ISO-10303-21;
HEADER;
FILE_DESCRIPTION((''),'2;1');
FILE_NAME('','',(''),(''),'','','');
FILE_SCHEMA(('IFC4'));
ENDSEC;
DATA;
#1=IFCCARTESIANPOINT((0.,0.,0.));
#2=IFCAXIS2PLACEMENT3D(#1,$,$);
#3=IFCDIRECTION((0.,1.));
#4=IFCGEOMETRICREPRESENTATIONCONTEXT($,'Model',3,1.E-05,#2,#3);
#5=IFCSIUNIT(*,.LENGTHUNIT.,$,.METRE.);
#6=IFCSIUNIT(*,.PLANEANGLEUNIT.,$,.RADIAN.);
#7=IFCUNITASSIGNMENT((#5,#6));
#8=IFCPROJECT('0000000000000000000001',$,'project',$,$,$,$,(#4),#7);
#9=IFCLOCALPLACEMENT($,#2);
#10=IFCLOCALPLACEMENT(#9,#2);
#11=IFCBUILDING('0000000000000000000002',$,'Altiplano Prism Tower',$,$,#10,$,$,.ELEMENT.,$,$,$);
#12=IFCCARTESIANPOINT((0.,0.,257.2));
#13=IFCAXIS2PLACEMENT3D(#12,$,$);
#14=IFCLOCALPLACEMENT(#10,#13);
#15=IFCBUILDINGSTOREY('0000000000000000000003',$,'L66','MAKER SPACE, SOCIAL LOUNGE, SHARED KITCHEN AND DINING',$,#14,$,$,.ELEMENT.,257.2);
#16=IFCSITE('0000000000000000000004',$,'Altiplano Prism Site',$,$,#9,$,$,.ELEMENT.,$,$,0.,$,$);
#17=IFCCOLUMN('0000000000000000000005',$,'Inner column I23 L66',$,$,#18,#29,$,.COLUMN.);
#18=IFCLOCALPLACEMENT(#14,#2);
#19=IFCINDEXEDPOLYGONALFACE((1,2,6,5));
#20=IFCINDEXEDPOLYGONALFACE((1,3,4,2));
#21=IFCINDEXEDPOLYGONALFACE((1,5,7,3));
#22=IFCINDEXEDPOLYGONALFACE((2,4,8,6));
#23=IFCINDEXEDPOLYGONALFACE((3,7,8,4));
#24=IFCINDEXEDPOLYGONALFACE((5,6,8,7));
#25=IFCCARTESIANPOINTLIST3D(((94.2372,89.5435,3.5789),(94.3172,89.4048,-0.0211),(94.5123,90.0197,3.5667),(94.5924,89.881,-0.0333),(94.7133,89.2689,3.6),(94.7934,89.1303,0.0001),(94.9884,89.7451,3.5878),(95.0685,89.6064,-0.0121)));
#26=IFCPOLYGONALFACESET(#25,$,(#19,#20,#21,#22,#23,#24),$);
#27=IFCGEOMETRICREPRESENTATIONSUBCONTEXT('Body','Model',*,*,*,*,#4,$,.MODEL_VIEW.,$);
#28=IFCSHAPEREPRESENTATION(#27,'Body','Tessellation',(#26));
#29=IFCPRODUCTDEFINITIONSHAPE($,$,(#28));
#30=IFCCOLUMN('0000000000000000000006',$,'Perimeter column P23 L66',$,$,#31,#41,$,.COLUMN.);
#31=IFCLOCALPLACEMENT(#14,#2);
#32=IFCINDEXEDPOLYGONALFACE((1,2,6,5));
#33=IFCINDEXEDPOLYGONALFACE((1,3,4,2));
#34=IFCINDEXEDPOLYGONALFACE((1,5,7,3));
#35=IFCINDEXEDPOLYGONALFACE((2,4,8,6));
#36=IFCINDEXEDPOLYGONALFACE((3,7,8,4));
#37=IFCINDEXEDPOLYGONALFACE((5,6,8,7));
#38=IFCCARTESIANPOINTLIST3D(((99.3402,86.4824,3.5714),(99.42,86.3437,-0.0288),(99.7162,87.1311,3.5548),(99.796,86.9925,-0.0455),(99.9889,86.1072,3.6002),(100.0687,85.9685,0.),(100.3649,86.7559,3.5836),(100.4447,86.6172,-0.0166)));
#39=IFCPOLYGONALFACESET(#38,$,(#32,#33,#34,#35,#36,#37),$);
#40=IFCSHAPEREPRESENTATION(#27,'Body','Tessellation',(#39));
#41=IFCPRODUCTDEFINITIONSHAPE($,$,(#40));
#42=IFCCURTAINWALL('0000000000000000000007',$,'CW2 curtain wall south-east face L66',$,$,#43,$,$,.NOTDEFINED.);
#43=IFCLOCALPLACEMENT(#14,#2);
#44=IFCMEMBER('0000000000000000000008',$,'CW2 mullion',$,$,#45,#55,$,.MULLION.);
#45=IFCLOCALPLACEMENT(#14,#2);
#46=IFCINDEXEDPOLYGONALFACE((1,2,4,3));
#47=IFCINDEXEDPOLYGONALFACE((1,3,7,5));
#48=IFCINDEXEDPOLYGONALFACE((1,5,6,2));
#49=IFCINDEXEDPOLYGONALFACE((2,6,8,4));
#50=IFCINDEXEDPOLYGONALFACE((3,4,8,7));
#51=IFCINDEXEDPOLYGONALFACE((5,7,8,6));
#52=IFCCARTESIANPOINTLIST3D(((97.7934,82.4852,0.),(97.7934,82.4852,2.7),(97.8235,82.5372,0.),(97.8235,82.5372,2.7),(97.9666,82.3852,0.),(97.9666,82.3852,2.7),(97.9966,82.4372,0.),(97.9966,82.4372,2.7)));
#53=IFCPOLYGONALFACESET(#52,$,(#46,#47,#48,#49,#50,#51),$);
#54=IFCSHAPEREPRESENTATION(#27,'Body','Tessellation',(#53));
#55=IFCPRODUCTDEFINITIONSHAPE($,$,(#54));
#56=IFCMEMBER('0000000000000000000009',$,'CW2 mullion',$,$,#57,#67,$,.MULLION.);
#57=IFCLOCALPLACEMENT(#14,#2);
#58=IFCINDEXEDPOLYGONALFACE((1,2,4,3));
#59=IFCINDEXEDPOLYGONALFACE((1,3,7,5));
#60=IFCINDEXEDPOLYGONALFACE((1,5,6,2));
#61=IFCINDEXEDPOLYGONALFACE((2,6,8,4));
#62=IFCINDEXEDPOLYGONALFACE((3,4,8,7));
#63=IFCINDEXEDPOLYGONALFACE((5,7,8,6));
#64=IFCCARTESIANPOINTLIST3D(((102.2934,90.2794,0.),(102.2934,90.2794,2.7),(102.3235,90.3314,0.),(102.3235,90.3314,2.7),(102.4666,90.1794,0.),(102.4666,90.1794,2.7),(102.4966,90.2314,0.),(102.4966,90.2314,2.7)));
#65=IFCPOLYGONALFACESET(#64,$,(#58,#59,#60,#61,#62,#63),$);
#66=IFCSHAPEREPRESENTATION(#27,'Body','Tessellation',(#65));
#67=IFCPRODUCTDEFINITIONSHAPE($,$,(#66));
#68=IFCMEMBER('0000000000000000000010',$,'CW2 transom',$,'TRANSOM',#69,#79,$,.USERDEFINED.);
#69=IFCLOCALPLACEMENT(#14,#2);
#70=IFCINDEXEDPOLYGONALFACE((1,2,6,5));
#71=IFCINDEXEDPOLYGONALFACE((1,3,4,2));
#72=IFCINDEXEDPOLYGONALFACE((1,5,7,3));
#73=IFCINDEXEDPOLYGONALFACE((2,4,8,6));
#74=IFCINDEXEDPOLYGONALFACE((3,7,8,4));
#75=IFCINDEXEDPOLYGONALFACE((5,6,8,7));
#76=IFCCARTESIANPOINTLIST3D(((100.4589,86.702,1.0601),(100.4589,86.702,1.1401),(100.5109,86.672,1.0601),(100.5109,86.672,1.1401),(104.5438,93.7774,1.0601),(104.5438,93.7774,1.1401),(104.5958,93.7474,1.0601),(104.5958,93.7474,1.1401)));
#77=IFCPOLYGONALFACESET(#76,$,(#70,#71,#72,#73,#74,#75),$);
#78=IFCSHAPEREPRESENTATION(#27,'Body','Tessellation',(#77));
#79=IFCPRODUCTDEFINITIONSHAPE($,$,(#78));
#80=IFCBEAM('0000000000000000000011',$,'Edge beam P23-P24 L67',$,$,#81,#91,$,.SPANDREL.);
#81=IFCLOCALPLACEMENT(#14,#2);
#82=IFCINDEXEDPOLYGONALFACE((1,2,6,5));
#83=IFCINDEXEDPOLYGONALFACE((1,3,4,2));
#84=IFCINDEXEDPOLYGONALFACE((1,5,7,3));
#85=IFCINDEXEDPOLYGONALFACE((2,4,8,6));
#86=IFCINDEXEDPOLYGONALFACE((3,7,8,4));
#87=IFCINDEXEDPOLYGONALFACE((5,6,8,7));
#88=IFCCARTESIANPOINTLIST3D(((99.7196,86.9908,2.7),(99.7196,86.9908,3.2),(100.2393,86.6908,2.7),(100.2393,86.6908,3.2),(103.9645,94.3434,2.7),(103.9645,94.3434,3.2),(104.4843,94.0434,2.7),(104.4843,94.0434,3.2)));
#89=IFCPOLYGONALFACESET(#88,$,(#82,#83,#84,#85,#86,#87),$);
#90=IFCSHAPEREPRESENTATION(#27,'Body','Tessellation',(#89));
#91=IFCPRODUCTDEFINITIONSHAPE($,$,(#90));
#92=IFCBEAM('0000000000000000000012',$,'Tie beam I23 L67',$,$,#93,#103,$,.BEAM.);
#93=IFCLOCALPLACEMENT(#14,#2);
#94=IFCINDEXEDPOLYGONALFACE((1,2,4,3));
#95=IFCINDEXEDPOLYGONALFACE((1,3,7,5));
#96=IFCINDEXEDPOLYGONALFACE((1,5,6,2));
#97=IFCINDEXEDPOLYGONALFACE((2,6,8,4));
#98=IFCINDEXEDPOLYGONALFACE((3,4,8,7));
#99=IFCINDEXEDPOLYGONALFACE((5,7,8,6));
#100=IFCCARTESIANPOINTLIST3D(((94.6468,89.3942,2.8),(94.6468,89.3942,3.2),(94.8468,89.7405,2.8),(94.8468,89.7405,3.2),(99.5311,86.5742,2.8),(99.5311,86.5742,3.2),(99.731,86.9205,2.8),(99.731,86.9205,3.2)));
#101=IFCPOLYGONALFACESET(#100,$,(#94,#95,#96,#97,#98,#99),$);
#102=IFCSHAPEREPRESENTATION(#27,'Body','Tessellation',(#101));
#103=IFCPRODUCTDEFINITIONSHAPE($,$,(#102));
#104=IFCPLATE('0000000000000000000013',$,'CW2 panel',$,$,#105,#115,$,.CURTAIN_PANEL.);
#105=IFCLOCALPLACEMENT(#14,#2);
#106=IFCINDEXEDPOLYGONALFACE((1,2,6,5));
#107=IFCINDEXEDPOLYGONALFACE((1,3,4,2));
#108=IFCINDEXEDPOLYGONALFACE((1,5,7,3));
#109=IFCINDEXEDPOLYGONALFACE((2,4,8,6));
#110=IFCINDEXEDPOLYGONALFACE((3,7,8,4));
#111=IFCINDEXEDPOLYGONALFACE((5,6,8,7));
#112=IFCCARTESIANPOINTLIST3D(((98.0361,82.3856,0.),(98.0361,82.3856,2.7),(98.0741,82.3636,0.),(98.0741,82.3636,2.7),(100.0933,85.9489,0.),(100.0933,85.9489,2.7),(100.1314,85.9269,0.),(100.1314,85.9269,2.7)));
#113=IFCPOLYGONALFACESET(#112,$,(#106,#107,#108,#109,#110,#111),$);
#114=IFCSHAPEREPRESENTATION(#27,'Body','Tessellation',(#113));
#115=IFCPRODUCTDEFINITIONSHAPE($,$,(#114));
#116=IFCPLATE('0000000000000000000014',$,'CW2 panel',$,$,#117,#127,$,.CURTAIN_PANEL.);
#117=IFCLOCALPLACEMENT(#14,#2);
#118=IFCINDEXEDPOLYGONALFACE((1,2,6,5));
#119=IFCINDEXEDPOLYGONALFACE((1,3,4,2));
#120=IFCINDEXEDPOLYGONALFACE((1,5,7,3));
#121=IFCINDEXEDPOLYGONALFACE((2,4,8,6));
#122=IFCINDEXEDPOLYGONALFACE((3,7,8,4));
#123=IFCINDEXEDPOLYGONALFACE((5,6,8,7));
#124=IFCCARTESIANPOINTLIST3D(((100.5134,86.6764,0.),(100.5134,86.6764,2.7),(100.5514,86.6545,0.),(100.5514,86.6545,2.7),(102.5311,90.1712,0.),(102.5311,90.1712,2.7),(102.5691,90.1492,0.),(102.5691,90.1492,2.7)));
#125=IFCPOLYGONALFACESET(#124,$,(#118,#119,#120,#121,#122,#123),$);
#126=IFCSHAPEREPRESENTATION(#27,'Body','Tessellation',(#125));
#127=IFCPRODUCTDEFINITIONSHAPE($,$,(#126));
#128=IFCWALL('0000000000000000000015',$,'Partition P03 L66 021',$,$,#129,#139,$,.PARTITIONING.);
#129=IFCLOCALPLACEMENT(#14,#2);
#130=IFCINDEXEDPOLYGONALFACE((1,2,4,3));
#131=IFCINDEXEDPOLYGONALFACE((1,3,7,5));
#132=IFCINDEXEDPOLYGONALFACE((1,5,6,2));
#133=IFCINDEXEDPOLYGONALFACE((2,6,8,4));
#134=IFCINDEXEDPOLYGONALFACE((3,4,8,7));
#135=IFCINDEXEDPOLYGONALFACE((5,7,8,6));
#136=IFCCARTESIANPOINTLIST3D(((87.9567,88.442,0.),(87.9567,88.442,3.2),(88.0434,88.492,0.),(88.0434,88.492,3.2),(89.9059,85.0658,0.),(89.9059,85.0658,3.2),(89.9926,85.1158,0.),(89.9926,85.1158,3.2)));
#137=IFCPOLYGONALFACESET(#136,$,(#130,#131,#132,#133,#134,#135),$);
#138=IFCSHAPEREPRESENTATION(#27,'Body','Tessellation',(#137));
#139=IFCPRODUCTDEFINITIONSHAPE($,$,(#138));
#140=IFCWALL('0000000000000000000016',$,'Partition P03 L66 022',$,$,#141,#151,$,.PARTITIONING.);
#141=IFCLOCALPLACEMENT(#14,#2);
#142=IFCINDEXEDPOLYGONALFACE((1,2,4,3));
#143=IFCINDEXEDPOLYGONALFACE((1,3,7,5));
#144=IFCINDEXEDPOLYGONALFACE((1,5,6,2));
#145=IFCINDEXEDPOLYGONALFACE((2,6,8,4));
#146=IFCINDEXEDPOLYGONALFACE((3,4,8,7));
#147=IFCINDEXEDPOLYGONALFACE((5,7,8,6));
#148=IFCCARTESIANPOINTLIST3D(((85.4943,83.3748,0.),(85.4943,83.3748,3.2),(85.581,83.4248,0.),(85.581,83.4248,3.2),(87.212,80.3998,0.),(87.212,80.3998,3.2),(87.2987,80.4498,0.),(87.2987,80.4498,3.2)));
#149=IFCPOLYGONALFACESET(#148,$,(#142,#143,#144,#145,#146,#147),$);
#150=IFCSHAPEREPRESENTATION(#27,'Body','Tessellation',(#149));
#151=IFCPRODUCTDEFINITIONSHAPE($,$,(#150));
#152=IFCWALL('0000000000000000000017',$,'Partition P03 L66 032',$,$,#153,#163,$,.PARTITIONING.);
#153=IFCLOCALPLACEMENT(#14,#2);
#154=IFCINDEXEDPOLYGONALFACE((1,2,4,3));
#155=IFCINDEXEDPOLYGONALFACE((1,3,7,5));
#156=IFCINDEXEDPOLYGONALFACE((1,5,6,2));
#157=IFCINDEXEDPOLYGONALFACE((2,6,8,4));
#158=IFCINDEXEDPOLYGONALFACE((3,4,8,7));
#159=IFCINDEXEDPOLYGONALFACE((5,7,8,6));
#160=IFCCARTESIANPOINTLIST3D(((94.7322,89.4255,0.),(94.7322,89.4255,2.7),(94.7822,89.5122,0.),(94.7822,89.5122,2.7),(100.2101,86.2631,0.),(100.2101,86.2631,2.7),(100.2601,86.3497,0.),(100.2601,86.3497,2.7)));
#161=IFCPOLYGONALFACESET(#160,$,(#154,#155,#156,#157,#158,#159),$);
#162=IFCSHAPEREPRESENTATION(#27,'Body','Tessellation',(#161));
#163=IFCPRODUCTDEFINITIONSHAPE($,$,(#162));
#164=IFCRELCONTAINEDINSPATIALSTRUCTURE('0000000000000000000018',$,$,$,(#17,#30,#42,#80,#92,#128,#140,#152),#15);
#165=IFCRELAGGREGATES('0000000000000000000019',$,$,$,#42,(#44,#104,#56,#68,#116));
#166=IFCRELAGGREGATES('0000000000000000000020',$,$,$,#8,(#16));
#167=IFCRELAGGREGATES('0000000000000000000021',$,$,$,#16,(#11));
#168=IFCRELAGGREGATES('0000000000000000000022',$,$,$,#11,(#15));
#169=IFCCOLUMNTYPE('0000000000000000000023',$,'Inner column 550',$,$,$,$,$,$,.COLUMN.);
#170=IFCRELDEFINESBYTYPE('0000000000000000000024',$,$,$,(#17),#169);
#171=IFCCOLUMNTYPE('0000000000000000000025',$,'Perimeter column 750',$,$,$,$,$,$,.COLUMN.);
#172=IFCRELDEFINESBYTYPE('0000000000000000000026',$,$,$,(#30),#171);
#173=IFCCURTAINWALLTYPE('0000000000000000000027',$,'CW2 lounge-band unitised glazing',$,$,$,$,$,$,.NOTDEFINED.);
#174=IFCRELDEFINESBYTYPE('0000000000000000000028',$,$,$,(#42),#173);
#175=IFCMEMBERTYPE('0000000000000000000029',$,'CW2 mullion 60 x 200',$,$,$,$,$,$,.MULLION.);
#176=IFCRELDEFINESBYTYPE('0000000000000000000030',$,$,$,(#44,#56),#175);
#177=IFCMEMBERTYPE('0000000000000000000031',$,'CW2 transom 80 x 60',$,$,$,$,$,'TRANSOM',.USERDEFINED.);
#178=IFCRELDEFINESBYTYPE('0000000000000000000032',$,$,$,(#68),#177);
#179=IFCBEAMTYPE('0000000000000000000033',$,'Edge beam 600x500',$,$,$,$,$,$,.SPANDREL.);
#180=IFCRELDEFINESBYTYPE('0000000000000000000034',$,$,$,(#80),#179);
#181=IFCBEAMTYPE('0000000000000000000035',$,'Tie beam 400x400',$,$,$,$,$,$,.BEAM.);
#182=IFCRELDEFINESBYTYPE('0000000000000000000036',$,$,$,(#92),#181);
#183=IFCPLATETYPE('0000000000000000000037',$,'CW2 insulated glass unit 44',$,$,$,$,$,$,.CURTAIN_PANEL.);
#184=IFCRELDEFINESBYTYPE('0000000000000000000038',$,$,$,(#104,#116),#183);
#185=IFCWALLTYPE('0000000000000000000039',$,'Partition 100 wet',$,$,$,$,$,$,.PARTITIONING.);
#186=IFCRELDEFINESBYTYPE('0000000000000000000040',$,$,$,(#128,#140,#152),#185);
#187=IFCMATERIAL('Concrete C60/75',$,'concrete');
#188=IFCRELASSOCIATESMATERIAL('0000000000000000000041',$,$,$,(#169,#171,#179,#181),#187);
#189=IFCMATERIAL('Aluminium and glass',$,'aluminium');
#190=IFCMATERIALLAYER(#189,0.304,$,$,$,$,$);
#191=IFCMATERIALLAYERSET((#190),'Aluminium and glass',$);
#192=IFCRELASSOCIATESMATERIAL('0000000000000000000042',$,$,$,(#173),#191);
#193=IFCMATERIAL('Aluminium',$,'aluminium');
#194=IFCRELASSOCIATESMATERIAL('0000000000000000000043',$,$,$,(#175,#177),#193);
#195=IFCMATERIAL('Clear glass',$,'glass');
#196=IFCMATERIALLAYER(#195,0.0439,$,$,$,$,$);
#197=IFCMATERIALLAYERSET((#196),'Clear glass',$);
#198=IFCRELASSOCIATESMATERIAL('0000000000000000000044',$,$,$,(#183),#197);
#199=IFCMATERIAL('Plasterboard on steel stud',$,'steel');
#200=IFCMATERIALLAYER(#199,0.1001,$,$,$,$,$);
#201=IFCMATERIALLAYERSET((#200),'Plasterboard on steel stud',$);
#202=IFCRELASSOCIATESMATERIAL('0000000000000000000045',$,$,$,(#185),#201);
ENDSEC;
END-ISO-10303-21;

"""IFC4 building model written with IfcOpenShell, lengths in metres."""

from ifc_helpers import new_model, si_unit, direction, frame, frame_2d, origin, origin_2d, place, context, subcontext, project, spatial, rectangle, extrude, material, layer, layer_set, material_profile, profile_set, type_object, element, aggregate, save


model = new_model("IFC4")

# Units and contexts
model_context = context("Model", 3, precision=1e-05, world=origin(), true_north=direction((0.0, 1.0)))
body_context = subcontext(model_context, "Body", "Model", "MODEL_VIEW")
ifc_project = project(units=[si_unit("LENGTHUNIT", "METRE"), si_unit("PLANEANGLEUNIT", "RADIAN")], contexts=[model_context])

# Site, building, storey
site_placement = place(None, origin())
site = spatial("IfcSite", under=ifc_project, at=site_placement, Name="Altiplano Prism Site", CompositionType="ELEMENT", RefElevation=0.0)
building_placement = place(site_placement, origin())
building = spatial("IfcBuilding", under=site, at=building_placement, Name="Altiplano Prism Tower", CompositionType="ELEMENT")
storey_placement = place(building_placement, frame((0.0, 0.0, 257.2)))
storey = spatial("IfcBuildingStorey", under=building, at=storey_placement, Name="L66", Description="MAKER SPACE, SOCIAL LOUNGE, SHARED KITCHEN AND DINING", CompositionType="ELEMENT", Elevation=257.2)

# Columns
ifc_material_1 = material(Name="Concrete C60/75", Category="concrete")
ifc_material_profile_1 = material_profile(ifc_material_1, rectangle(XDim=0.55, YDim=0.55, at=origin_2d()), Name="Inner column 550")
ifc_profile_set_1 = profile_set([ifc_material_profile_1], Name="Concrete C60/75")
column_type_1 = type_object("IfcColumnType", Name="Inner column 550", PredefinedType="COLUMN", material=ifc_profile_set_1)
column_1_placement = place(storey_placement, frame((94.6929, 89.5056, -0.0166), z_axis=(-0.022223, 0.038483, 0.999012), x_axis=(-0.500175, -0.865639, 0.022219)))
element("IfcColumn", 1, at=column_1_placement, inside=storey, type_object=column_type_1, Name="Inner column I23 L66", PredefinedType="COLUMN", context=body_context, shape_type="SweptSolid", body=[
    extrude(rectangle(XDim=0.55, YDim=0.55, at=origin_2d()), origin(), (0.0, 0.0, 1.0), 3.6035),
])
ifc_material_profile_2 = material_profile(ifc_material_1, rectangle(XDim=0.75, YDim=0.75, at=origin_2d()), Name="Perimeter column 750")
ifc_profile_set_2 = profile_set([ifc_material_profile_2], Name="Concrete C60/75")
column_type_2 = type_object("IfcColumnType", Name="Perimeter column 750", PredefinedType="COLUMN", material=ifc_profile_set_2)
column_2_placement = place(storey_placement, frame((99.9324, 86.4805, -0.0227), z_axis=(-0.022154, 0.038481, 0.999014), x_axis=(-0.501318, -0.864979, 0.022201)))
element("IfcColumn", 2, at=column_2_placement, inside=storey, type_object=column_type_2, Name="Perimeter column P23 L66", PredefinedType="COLUMN", context=body_context, shape_type="SweptSolid", body=[
    extrude(rectangle(XDim=0.75, YDim=0.75, at=origin_2d()), origin(), (0.0, 0.0, 1.0), 3.6038),
])

# Curtain wall, members
ifc_material_2 = material(Name="Aluminium and glass", Category="aluminium")
ifc_layer_1 = layer(ifc_material_2, 0.304)
ifc_layer_set_1 = layer_set([ifc_layer_1], Name="Aluminium and glass")
curtain_wall_type = type_object("IfcCurtainWallType", Name="CW2 lounge-band unitised glazing", PredefinedType="NOTDEFINED", material=ifc_layer_set_1)
curtain_wall_placement = place(storey_placement, origin())
curtain_wall = element("IfcCurtainWall", 3, at=curtain_wall_placement, inside=storey, type_object=curtain_wall_type, Name="CW2 curtain wall south-east face L66", PredefinedType="NOTDEFINED")
ifc_material_3 = material(Name="Aluminium", Category="aluminium")
ifc_material_profile_3 = material_profile(ifc_material_3, rectangle(XDim=0.2, YDim=0.0601, at=origin_2d()), Name="CW2 mullion 60 x 200")
ifc_profile_set_3 = profile_set([ifc_material_profile_3], Name="Aluminium")
member_type_1 = type_object("IfcMemberType", Name="CW2 mullion 60 x 200", PredefinedType="MULLION", material=ifc_profile_set_3)
member_1_placement = place(storey_placement, frame((97.895, 82.4612, 0.0), z_axis=(0.0, 0.0, 1.0), x_axis=(-0.866025, 0.5, 0.0)))
member_1 = element("IfcMember", 4, at=member_1_placement, type_object=member_type_1, Name="CW2 mullion", PredefinedType="MULLION", context=body_context, shape_type="SweptSolid", body=[
    extrude(rectangle(XDim=0.2, YDim=0.0601, at=origin_2d()), origin(), (0.0, 0.0, 1.0), 2.7),
])
member_2_placement = place(storey_placement, frame((102.395, 90.2554, 0.0), z_axis=(0.0, 0.0, 1.0), x_axis=(-0.866025, 0.5, 0.0)))
member_2 = element("IfcMember", 5, at=member_2_placement, type_object=member_type_1, Name="CW2 mullion", PredefinedType="MULLION", context=body_context, shape_type="SweptSolid", body=[
    extrude(rectangle(XDim=0.2, YDim=0.0601, at=origin_2d()), origin(), (0.0, 0.0, 1.0), 2.7),
])
ifc_material_profile_4 = material_profile(ifc_material_3, rectangle(XDim=0.0601, YDim=0.0801, at=origin_2d()), Name="CW2 transom 80 x 60")
ifc_profile_set_4 = profile_set([ifc_material_profile_4], Name="Aluminium")
member_type_2 = type_object("IfcMemberType", Name="CW2 transom 80 x 60", ElementType="TRANSOM", PredefinedType="USERDEFINED", material=ifc_profile_set_4)
member_3_placement = place(storey_placement, frame((100.4849, 86.687, 1.1001), z_axis=(0.499996, 0.866028, 0.0), x_axis=(-0.866028, 0.499996, 0.0)))
member_3 = element("IfcMember", 6, at=member_3_placement, type_object=member_type_2, Name="CW2 transom", ObjectType="TRANSOM", PredefinedType="USERDEFINED", context=body_context, shape_type="SweptSolid", body=[
    extrude(rectangle(XDim=0.0601, YDim=0.0801, at=origin_2d()), origin(), (0.0, 0.0, 1.0), 8.1699),
])

# Beams
ifc_material_profile_5 = material_profile(ifc_material_1, rectangle(XDim=0.6001, YDim=0.5, at=origin_2d()), Name="Edge beam 600x500")
ifc_profile_set_5 = profile_set([ifc_material_profile_5], Name="Concrete C60/75")
beam_type_1 = type_object("IfcBeamType", Name="Edge beam 600x500", PredefinedType="SPANDREL", material=ifc_profile_set_5)
beam_1_placement = place(storey_placement, frame((99.9795, 86.8408, 2.95), z_axis=(0.49999, 0.866031, 0.0), x_axis=(-0.866031, 0.49999, 0.0)))
element("IfcBeam", 7, at=beam_1_placement, inside=storey, type_object=beam_type_1, Name="Edge beam P23-P24 L67", PredefinedType="SPANDREL", context=body_context, shape_type="SweptSolid", body=[
    extrude(rectangle(XDim=0.6001, YDim=0.5, at=origin_2d()), origin(), (0.0, 0.0, 1.0), 8.49),
])
ifc_material_profile_6 = material_profile(ifc_material_1, rectangle(XDim=0.3999, YDim=0.3999, at=origin_2d()), Name="Tie beam 400x400")
ifc_profile_set_6 = profile_set([ifc_material_profile_6], Name="Concrete C60/75")
beam_type_2 = type_object("IfcBeamType", Name="Tie beam 400x400", PredefinedType="BEAM", material=ifc_profile_set_6)
beam_2_placement = place(storey_placement, frame((94.7468, 89.5674, 3.0), z_axis=(0.866015, -0.500017, 0.0), x_axis=(0.500017, 0.866015, 0.0)))
element("IfcBeam", 8, at=beam_2_placement, inside=storey, type_object=beam_type_2, Name="Tie beam I23 L67", PredefinedType="BEAM", context=body_context, shape_type="SweptSolid", body=[
    extrude(rectangle(XDim=0.3999, YDim=0.3999, at=origin_2d()), origin(), (0.0, 0.0, 1.0), 5.6399),
])

# Plates
ifc_material_4 = material(Name="Clear glass", Category="glass")
ifc_layer_2 = layer(ifc_material_4, 0.0439)
ifc_layer_set_2 = layer_set([ifc_layer_2], Name="Clear glass")
plate_type = type_object("IfcPlateType", Name="CW2 insulated glass unit 44", PredefinedType="CURTAIN_PANEL", material=ifc_layer_set_2)
plate_1_placement = place(storey_placement, frame((99.0837, 84.1562, 0.0), z_axis=(0.0, 0.0, 1.0), x_axis=(0.5, 0.866025, 0.0)))
plate_1 = element("IfcPlate", 9, at=plate_1_placement, type_object=plate_type, Name="CW2 panel", PredefinedType="CURTAIN_PANEL", context=body_context, shape_type="SweptSolid", body=[
    extrude(rectangle(XDim=4.1145, YDim=0.0439, at=origin_2d()), origin(), (0.0, 0.0, 1.0), 2.7),
])
plate_2_placement = place(storey_placement, frame((101.5413, 88.4128, 0.0), z_axis=(0.0, 0.0, 1.0), x_axis=(0.5, 0.866025, 0.0)))
plate_2 = element("IfcPlate", 10, at=plate_2_placement, type_object=plate_type, Name="CW2 panel", PredefinedType="CURTAIN_PANEL", context=body_context, shape_type="SweptSolid", body=[
    extrude(rectangle(XDim=4.0354, YDim=0.0439, at=origin_2d()), origin(), (0.0, 0.0, 1.0), 2.7),
])
aggregate(curtain_wall, [member_1, plate_1, member_2, member_3, plate_2])

# Walls
ifc_material_5 = material(Name="Plasterboard on steel stud", Category="steel")
ifc_layer_3 = layer(ifc_material_5, 0.1001)
ifc_layer_set_3 = layer_set([ifc_layer_3], Name="Plasterboard on steel stud")
wall_type_1 = type_object("IfcWallType", Name="Partition 100 wet", PredefinedType="PARTITIONING", material=ifc_layer_set_3)
wall_1_placement = place(storey_placement, frame((89.9492, 85.0908, 0.0), z_axis=(0.0, 0.0, 1.0), x_axis=(-0.499992, 0.86603, 0.0)))
element("IfcWall", 11, at=wall_1_placement, inside=storey, type_object=wall_type_1, Name="Partition P03 L66 021", PredefinedType="PARTITIONING", context=body_context, shape_type="SweptSolid", body=[
    extrude(rectangle(XDim=3.8984, YDim=0.1001, at=frame_2d((1.9492, 0.0))), origin(), (0.0, 0.0, 1.0), 3.2),
])
wall_2_placement = place(storey_placement, frame((85.5376, 83.3999, 0.0), z_axis=(0.0, 0.0, 1.0), x_axis=(0.500022, -0.866013, 0.0)))
element("IfcWall", 12, at=wall_2_placement, inside=storey, type_object=wall_type_1, Name="Partition P03 L66 022", PredefinedType="PARTITIONING", context=body_context, shape_type="SweptSolid", body=[
    extrude(rectangle(XDim=3.4353, YDim=0.1001, at=frame_2d((1.7178, 0.0))), origin(), (0.0, 0.0, 1.0), 3.2),
])
wall_3_placement = place(storey_placement, frame((100.2351, 86.3064, 0.0), z_axis=(0.0, 0.0, 1.0), x_axis=(-0.866042, 0.499971, 0.0)))
element("IfcWall", 13, at=wall_3_placement, inside=storey, type_object=wall_type_1, Name="Partition P03 L66 032", PredefinedType="PARTITIONING", context=body_context, shape_type="SweptSolid", body=[
    extrude(rectangle(XDim=6.3252, YDim=0.1001, at=frame_2d((3.1626, 0.0))), origin(), (0.0, 0.0, 1.0), 2.7),
])

save(model, "model.ifc")
